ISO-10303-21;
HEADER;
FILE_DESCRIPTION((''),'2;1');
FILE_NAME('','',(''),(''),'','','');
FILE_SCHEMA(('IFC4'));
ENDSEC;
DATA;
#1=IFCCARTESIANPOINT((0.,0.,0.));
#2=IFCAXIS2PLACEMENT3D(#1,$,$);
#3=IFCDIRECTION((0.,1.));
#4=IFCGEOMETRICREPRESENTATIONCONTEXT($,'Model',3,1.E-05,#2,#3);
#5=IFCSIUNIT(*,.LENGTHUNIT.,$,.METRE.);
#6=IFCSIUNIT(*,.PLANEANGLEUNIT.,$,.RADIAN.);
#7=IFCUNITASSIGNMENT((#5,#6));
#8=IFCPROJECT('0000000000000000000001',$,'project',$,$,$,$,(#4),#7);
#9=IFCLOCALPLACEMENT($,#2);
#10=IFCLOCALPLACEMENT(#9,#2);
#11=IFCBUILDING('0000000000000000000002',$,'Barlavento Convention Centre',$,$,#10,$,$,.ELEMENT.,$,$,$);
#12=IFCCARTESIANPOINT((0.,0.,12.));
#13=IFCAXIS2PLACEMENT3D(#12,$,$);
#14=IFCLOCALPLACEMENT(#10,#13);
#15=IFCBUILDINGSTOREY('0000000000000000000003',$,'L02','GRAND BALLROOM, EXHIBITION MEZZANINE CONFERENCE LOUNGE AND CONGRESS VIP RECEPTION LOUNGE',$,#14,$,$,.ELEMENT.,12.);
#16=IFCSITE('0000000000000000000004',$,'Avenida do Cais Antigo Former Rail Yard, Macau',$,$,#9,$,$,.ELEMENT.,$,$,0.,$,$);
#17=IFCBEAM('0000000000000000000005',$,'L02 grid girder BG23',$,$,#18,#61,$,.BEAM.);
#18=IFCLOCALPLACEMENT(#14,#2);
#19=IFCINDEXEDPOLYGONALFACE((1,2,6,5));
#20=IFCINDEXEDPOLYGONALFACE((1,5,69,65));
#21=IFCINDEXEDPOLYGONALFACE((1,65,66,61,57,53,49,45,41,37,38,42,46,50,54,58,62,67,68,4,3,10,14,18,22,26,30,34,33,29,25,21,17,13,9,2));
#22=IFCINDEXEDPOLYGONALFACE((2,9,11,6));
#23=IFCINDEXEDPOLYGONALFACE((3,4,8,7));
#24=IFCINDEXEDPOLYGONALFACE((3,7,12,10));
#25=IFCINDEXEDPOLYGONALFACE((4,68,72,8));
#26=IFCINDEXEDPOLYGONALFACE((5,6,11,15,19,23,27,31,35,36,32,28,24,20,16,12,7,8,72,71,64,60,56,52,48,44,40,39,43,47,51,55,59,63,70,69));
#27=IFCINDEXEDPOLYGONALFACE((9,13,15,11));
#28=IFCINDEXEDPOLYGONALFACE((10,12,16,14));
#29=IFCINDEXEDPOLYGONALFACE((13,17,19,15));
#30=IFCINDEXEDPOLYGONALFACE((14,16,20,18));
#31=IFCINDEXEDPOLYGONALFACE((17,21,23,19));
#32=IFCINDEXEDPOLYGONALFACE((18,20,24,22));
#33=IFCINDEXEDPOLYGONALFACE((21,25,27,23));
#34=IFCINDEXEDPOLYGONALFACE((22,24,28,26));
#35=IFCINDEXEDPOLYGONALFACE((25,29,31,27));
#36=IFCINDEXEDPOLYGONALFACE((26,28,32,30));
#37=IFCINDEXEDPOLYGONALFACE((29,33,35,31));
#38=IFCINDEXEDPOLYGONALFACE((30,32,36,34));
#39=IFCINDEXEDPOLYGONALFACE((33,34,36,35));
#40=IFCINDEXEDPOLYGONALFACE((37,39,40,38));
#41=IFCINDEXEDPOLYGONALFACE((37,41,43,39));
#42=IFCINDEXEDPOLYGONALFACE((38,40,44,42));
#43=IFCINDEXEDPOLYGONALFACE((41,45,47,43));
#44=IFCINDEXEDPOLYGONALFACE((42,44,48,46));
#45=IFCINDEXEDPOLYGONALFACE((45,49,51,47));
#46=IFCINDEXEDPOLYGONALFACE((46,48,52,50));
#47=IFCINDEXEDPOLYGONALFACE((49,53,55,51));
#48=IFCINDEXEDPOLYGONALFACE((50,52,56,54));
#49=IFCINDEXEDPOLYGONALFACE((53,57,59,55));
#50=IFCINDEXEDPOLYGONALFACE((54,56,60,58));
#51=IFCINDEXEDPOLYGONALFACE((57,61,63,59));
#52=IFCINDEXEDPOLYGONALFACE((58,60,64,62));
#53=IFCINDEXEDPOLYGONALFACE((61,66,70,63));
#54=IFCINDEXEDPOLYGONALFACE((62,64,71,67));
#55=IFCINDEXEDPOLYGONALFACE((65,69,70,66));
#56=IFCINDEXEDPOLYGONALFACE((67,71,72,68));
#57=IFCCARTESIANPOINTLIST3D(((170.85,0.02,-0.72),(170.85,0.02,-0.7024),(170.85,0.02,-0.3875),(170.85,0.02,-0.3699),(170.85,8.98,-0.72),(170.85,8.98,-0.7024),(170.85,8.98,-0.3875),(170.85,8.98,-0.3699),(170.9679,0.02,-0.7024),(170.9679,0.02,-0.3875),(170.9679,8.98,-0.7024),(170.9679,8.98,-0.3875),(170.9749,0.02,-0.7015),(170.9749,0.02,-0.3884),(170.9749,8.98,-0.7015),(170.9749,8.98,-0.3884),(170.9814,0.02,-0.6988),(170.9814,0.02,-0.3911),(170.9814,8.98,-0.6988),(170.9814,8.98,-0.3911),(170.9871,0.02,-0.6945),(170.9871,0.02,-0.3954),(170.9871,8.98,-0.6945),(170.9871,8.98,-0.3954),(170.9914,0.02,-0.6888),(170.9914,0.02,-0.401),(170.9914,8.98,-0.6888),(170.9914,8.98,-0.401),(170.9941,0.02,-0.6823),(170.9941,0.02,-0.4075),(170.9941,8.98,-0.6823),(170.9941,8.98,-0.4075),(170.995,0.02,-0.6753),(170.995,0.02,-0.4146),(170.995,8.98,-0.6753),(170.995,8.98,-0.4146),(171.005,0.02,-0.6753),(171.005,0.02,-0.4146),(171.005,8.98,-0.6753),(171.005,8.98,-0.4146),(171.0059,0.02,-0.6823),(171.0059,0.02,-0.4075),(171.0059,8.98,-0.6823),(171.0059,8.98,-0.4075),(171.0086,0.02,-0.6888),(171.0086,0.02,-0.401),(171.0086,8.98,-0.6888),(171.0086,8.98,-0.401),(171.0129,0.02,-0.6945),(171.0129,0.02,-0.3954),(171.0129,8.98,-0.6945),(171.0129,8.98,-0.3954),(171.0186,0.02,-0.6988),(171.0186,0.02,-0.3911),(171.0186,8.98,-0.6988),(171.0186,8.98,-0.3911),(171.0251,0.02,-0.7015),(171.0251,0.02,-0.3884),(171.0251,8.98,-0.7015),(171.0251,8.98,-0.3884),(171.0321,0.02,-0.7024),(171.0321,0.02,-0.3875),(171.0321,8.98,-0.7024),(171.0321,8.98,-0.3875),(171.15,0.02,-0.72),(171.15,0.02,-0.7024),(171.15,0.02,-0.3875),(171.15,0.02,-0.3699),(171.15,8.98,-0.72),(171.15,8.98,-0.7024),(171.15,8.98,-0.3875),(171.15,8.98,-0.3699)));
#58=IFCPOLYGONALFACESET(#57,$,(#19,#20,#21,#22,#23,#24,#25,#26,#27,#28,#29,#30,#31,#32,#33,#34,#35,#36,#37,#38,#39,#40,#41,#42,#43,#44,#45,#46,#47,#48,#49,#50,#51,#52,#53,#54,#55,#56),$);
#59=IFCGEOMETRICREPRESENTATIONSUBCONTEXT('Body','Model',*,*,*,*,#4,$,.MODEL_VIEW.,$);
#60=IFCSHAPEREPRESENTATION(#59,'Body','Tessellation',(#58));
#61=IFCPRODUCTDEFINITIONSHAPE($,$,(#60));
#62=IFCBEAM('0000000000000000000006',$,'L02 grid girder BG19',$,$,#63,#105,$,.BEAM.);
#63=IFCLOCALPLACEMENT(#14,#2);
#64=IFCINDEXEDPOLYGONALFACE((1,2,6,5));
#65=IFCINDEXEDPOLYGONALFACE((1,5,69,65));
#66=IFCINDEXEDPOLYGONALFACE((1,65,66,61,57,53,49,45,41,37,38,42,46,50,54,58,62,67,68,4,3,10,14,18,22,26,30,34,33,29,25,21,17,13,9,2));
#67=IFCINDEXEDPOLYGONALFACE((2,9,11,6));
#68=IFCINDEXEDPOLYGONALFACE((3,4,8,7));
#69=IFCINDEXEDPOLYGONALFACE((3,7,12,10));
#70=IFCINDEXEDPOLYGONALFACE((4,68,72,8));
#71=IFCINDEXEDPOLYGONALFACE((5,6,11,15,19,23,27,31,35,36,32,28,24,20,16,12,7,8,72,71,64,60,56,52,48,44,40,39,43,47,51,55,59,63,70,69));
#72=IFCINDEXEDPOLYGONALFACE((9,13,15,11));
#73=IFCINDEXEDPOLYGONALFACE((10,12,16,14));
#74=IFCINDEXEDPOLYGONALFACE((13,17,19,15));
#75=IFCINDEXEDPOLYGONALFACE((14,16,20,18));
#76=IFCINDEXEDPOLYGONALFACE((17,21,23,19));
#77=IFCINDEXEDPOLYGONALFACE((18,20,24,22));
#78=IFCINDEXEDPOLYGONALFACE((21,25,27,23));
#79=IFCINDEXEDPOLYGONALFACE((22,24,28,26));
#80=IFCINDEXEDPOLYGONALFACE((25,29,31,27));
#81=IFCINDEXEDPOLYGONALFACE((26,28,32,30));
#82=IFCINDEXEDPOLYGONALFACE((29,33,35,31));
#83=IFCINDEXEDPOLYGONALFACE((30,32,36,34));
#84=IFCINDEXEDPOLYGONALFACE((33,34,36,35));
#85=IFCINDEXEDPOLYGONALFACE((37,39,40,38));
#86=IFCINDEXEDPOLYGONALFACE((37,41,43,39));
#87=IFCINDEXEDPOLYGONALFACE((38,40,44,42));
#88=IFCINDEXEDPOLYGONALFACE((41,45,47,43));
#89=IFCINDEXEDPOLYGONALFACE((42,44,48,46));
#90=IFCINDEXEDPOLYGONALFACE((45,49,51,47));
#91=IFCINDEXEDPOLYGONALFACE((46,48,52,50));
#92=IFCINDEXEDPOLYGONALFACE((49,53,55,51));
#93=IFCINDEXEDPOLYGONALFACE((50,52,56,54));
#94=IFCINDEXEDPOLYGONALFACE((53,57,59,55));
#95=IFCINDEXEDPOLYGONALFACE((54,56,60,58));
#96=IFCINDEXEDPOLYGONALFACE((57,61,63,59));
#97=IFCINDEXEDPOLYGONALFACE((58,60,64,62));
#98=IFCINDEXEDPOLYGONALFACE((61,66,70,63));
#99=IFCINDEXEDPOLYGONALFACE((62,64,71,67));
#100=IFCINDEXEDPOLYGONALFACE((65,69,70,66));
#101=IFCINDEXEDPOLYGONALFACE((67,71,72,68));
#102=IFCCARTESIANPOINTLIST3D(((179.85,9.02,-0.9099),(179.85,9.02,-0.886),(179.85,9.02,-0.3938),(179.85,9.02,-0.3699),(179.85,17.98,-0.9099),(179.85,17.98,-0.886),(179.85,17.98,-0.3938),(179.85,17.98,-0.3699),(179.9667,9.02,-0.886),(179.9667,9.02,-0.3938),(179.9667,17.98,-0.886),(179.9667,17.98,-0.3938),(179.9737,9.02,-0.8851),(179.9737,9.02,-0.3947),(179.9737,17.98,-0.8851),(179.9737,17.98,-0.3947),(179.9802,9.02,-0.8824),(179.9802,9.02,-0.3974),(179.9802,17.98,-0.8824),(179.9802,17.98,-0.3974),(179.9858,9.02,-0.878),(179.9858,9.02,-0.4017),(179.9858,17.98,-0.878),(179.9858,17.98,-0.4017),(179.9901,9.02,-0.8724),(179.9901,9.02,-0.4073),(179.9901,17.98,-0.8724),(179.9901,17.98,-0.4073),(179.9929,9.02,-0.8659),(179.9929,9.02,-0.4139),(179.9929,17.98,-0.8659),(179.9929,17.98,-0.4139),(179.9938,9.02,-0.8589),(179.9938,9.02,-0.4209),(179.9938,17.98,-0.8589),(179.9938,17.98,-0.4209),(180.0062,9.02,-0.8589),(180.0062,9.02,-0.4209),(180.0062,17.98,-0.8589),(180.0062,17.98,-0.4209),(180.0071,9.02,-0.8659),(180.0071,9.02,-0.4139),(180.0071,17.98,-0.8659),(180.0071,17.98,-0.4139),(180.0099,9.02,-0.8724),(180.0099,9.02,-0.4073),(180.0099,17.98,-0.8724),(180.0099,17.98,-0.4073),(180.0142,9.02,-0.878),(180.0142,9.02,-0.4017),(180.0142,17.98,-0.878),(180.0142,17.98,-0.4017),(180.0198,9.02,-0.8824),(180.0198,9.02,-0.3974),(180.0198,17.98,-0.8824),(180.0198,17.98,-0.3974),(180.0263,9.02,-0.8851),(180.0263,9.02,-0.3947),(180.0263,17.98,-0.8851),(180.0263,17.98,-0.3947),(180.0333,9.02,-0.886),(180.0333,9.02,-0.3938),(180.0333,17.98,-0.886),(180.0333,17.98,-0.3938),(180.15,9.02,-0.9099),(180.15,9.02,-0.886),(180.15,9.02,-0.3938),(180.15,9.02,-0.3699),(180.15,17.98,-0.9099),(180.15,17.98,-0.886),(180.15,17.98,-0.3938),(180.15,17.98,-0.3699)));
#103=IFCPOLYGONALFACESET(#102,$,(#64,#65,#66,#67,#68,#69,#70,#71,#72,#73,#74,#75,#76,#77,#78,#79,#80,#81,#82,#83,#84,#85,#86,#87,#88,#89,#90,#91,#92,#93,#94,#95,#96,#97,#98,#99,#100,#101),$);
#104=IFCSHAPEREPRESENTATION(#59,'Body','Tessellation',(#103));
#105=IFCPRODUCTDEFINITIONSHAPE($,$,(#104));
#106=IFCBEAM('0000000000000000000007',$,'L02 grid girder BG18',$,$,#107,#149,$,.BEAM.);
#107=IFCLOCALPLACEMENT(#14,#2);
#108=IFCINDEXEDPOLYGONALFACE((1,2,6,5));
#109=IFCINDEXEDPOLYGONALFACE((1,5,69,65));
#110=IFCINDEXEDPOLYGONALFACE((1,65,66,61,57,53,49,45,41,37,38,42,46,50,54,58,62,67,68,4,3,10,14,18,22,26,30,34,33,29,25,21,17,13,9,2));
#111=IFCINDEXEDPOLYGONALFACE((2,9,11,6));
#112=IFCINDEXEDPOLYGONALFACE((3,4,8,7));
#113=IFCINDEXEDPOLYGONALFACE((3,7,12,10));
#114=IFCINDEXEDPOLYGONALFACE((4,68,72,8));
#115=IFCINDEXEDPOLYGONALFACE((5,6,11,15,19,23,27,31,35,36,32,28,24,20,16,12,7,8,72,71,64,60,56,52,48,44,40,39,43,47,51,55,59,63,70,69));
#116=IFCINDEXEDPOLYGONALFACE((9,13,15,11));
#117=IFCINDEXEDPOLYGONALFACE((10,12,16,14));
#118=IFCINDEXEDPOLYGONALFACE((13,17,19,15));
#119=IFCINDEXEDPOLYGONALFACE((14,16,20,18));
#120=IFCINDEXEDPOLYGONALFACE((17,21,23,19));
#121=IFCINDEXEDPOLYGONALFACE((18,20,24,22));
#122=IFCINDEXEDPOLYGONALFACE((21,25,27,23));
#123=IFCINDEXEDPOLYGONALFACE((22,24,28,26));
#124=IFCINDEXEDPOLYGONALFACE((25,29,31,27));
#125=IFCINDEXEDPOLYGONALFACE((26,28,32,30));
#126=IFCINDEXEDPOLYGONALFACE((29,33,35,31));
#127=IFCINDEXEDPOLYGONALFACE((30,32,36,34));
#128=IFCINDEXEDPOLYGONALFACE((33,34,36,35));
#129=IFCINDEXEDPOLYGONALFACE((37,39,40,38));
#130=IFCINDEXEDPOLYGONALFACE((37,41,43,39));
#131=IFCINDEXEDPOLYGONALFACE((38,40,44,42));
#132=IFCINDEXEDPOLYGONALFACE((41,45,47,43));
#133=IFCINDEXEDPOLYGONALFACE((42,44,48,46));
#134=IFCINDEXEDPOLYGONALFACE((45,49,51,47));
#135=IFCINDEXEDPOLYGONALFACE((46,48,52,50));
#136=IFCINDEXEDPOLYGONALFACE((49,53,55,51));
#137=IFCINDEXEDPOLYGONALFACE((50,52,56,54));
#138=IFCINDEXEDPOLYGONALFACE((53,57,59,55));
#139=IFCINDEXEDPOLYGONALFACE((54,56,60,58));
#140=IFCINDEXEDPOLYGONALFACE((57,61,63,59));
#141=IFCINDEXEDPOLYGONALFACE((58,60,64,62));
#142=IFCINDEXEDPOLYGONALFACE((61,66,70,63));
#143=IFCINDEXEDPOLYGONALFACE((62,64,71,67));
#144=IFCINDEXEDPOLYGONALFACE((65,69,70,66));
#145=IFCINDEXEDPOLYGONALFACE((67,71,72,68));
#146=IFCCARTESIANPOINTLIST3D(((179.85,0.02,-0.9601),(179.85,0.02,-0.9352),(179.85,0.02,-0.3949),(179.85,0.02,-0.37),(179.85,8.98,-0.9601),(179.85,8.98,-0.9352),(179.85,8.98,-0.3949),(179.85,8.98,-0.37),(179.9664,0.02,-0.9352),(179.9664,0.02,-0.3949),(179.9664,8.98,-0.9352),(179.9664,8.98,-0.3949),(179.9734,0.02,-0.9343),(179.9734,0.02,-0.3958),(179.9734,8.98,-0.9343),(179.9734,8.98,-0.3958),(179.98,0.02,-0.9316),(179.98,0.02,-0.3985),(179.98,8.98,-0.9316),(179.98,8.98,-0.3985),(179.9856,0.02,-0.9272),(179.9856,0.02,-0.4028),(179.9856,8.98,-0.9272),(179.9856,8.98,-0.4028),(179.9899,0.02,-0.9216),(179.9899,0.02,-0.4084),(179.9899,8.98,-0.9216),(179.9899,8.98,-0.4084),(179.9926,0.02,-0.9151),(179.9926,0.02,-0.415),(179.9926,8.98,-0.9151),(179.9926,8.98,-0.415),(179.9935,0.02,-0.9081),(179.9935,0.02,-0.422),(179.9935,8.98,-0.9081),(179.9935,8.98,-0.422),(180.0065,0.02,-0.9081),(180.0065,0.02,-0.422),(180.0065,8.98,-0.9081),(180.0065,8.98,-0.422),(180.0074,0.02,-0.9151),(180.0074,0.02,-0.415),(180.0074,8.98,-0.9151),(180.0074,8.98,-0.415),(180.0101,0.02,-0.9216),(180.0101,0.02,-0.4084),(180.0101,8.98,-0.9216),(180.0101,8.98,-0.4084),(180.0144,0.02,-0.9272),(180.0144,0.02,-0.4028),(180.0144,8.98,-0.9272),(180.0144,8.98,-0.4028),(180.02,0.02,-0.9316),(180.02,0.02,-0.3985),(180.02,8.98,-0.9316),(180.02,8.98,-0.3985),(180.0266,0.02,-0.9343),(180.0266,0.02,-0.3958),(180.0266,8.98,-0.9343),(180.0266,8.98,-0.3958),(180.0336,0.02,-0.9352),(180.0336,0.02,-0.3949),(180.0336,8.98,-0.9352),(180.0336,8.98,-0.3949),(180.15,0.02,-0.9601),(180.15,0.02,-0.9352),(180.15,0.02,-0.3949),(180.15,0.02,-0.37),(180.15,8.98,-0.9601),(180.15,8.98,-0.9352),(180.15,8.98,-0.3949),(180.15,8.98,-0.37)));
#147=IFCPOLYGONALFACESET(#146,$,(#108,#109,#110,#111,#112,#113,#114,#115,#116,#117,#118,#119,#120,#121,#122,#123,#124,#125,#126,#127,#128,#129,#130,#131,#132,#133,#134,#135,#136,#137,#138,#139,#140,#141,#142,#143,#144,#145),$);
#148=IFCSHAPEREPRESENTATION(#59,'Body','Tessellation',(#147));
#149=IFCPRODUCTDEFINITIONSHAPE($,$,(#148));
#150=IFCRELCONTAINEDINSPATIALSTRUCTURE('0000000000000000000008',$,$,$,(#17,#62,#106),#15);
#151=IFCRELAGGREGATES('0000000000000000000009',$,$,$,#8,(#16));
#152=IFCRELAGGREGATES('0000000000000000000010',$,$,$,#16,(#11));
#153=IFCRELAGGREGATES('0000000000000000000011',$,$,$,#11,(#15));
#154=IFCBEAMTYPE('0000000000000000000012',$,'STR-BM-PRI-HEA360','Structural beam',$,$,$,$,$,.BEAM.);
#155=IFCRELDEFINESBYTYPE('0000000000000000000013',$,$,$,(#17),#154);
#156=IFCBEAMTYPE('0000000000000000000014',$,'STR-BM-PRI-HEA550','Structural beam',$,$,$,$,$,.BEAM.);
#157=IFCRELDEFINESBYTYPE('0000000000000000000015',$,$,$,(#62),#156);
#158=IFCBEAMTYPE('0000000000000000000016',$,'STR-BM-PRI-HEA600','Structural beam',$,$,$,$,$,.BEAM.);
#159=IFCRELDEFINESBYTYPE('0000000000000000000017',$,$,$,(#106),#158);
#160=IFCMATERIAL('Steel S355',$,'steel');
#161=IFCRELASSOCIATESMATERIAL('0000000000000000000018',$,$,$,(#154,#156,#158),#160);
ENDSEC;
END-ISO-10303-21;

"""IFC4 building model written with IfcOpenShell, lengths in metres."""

from ifc_helpers import new_model, si_unit, direction, frame, origin, origin_2d, place, context, subcontext, project, spatial, i_section, extrude, material, material_profile, profile_set, type_object, element, save


model = new_model("IFC4")

# Units and contexts
model_context = context("Model", 3, precision=1e-05, world=origin(), true_north=direction((0.0, 1.0)))
body_context = subcontext(model_context, "Body", "Model", "MODEL_VIEW")
ifc_project = project(units=[si_unit("LENGTHUNIT", "METRE"), si_unit("PLANEANGLEUNIT", "RADIAN")], contexts=[model_context])

# Site, building, storey
site_placement = place(None, origin())
site = spatial("IfcSite", under=ifc_project, at=site_placement, Name="Avenida do Cais Antigo Former Rail Yard, Macau", CompositionType="ELEMENT", RefElevation=0.0)
building_placement = place(site_placement, origin())
building = spatial("IfcBuilding", under=site, at=building_placement, Name="Barlavento Convention Centre", CompositionType="ELEMENT")
storey_placement = place(building_placement, frame((0.0, 0.0, 12.0)))
storey = spatial("IfcBuildingStorey", under=building, at=storey_placement, Name="L02", Description="GRAND BALLROOM, EXHIBITION MEZZANINE CONFERENCE LOUNGE AND CONGRESS VIP RECEPTION LOUNGE", CompositionType="ELEMENT", Elevation=12.0)

# Shared definitions
ifc_material_1 = material(Name="Steel S355", Category="steel")

# Beams
ifc_material_profile_1 = material_profile(ifc_material_1, i_section(OverallWidth=0.3, OverallDepth=0.3501, WebThickness=0.01, FlangeThickness=0.0176, FilletRadius=0.0271, at=origin_2d()), Name="HEA 360")
ifc_profile_set_1 = profile_set([ifc_material_profile_1], Name="Steel S355")
beam_type_1 = type_object("IfcBeamType", Name="STR-BM-PRI-HEA360", Description="Structural beam", PredefinedType="BEAM", material=ifc_profile_set_1)
beam_1_placement = place(storey_placement, frame((171.0, 0.02, -0.5449), z_axis=(0.0, 1.0, 0.0), x_axis=(-1.0, 0.0, 0.0)))
element("IfcBeam", 1, at=beam_1_placement, inside=storey, type_object=beam_type_1, Name="L02 grid girder BG23", PredefinedType="BEAM", context=body_context, shape_type="SweptSolid", body=[
    extrude(i_section(OverallWidth=0.3, OverallDepth=0.3501, WebThickness=0.01, FlangeThickness=0.0176, FilletRadius=0.0271, at=origin_2d()), origin(), (0.0, 0.0, 1.0), 8.96),
])
ifc_material_profile_2 = material_profile(ifc_material_1, i_section(OverallWidth=0.3, OverallDepth=0.54, WebThickness=0.0125, FlangeThickness=0.0239, FilletRadius=0.0271, at=origin_2d()), Name="HEA 550")
ifc_profile_set_2 = profile_set([ifc_material_profile_2], Name="Steel S355")
beam_type_2 = type_object("IfcBeamType", Name="STR-BM-PRI-HEA550", Description="Structural beam", PredefinedType="BEAM", material=ifc_profile_set_2)
beam_2_placement = place(storey_placement, frame((180.0, 9.02, -0.6399), z_axis=(0.0, 1.0, 0.0), x_axis=(-1.0, 0.0, 0.0)))
element("IfcBeam", 2, at=beam_2_placement, inside=storey, type_object=beam_type_2, Name="L02 grid girder BG19", PredefinedType="BEAM", context=body_context, shape_type="SweptSolid", body=[
    extrude(i_section(OverallWidth=0.3, OverallDepth=0.54, WebThickness=0.0125, FlangeThickness=0.0239, FilletRadius=0.0271, at=origin_2d()), origin(), (0.0, 0.0, 1.0), 8.96),
])
ifc_material_profile_3 = material_profile(ifc_material_1, i_section(OverallWidth=0.3, OverallDepth=0.5901, WebThickness=0.0129, FlangeThickness=0.0249, FilletRadius=0.0271, at=origin_2d()), Name="HEA 600")
ifc_profile_set_3 = profile_set([ifc_material_profile_3], Name="Steel S355")
beam_type_3 = type_object("IfcBeamType", Name="STR-BM-PRI-HEA600", Description="Structural beam", PredefinedType="BEAM", material=ifc_profile_set_3)
beam_3_placement = place(storey_placement, frame((180.0, 0.02, -0.665), z_axis=(0.0, 1.0, 0.0), x_axis=(-1.0, 0.0, 0.0)))
element("IfcBeam", 3, at=beam_3_placement, inside=storey, type_object=beam_type_3, Name="L02 grid girder BG18", PredefinedType="BEAM", context=body_context, shape_type="SweptSolid", body=[
    extrude(i_section(OverallWidth=0.3, OverallDepth=0.5901, WebThickness=0.0129, FlangeThickness=0.0249, FilletRadius=0.0271, at=origin_2d()), origin(), (0.0, 0.0, 1.0), 8.96),
])

save(model, "model.ifc")
